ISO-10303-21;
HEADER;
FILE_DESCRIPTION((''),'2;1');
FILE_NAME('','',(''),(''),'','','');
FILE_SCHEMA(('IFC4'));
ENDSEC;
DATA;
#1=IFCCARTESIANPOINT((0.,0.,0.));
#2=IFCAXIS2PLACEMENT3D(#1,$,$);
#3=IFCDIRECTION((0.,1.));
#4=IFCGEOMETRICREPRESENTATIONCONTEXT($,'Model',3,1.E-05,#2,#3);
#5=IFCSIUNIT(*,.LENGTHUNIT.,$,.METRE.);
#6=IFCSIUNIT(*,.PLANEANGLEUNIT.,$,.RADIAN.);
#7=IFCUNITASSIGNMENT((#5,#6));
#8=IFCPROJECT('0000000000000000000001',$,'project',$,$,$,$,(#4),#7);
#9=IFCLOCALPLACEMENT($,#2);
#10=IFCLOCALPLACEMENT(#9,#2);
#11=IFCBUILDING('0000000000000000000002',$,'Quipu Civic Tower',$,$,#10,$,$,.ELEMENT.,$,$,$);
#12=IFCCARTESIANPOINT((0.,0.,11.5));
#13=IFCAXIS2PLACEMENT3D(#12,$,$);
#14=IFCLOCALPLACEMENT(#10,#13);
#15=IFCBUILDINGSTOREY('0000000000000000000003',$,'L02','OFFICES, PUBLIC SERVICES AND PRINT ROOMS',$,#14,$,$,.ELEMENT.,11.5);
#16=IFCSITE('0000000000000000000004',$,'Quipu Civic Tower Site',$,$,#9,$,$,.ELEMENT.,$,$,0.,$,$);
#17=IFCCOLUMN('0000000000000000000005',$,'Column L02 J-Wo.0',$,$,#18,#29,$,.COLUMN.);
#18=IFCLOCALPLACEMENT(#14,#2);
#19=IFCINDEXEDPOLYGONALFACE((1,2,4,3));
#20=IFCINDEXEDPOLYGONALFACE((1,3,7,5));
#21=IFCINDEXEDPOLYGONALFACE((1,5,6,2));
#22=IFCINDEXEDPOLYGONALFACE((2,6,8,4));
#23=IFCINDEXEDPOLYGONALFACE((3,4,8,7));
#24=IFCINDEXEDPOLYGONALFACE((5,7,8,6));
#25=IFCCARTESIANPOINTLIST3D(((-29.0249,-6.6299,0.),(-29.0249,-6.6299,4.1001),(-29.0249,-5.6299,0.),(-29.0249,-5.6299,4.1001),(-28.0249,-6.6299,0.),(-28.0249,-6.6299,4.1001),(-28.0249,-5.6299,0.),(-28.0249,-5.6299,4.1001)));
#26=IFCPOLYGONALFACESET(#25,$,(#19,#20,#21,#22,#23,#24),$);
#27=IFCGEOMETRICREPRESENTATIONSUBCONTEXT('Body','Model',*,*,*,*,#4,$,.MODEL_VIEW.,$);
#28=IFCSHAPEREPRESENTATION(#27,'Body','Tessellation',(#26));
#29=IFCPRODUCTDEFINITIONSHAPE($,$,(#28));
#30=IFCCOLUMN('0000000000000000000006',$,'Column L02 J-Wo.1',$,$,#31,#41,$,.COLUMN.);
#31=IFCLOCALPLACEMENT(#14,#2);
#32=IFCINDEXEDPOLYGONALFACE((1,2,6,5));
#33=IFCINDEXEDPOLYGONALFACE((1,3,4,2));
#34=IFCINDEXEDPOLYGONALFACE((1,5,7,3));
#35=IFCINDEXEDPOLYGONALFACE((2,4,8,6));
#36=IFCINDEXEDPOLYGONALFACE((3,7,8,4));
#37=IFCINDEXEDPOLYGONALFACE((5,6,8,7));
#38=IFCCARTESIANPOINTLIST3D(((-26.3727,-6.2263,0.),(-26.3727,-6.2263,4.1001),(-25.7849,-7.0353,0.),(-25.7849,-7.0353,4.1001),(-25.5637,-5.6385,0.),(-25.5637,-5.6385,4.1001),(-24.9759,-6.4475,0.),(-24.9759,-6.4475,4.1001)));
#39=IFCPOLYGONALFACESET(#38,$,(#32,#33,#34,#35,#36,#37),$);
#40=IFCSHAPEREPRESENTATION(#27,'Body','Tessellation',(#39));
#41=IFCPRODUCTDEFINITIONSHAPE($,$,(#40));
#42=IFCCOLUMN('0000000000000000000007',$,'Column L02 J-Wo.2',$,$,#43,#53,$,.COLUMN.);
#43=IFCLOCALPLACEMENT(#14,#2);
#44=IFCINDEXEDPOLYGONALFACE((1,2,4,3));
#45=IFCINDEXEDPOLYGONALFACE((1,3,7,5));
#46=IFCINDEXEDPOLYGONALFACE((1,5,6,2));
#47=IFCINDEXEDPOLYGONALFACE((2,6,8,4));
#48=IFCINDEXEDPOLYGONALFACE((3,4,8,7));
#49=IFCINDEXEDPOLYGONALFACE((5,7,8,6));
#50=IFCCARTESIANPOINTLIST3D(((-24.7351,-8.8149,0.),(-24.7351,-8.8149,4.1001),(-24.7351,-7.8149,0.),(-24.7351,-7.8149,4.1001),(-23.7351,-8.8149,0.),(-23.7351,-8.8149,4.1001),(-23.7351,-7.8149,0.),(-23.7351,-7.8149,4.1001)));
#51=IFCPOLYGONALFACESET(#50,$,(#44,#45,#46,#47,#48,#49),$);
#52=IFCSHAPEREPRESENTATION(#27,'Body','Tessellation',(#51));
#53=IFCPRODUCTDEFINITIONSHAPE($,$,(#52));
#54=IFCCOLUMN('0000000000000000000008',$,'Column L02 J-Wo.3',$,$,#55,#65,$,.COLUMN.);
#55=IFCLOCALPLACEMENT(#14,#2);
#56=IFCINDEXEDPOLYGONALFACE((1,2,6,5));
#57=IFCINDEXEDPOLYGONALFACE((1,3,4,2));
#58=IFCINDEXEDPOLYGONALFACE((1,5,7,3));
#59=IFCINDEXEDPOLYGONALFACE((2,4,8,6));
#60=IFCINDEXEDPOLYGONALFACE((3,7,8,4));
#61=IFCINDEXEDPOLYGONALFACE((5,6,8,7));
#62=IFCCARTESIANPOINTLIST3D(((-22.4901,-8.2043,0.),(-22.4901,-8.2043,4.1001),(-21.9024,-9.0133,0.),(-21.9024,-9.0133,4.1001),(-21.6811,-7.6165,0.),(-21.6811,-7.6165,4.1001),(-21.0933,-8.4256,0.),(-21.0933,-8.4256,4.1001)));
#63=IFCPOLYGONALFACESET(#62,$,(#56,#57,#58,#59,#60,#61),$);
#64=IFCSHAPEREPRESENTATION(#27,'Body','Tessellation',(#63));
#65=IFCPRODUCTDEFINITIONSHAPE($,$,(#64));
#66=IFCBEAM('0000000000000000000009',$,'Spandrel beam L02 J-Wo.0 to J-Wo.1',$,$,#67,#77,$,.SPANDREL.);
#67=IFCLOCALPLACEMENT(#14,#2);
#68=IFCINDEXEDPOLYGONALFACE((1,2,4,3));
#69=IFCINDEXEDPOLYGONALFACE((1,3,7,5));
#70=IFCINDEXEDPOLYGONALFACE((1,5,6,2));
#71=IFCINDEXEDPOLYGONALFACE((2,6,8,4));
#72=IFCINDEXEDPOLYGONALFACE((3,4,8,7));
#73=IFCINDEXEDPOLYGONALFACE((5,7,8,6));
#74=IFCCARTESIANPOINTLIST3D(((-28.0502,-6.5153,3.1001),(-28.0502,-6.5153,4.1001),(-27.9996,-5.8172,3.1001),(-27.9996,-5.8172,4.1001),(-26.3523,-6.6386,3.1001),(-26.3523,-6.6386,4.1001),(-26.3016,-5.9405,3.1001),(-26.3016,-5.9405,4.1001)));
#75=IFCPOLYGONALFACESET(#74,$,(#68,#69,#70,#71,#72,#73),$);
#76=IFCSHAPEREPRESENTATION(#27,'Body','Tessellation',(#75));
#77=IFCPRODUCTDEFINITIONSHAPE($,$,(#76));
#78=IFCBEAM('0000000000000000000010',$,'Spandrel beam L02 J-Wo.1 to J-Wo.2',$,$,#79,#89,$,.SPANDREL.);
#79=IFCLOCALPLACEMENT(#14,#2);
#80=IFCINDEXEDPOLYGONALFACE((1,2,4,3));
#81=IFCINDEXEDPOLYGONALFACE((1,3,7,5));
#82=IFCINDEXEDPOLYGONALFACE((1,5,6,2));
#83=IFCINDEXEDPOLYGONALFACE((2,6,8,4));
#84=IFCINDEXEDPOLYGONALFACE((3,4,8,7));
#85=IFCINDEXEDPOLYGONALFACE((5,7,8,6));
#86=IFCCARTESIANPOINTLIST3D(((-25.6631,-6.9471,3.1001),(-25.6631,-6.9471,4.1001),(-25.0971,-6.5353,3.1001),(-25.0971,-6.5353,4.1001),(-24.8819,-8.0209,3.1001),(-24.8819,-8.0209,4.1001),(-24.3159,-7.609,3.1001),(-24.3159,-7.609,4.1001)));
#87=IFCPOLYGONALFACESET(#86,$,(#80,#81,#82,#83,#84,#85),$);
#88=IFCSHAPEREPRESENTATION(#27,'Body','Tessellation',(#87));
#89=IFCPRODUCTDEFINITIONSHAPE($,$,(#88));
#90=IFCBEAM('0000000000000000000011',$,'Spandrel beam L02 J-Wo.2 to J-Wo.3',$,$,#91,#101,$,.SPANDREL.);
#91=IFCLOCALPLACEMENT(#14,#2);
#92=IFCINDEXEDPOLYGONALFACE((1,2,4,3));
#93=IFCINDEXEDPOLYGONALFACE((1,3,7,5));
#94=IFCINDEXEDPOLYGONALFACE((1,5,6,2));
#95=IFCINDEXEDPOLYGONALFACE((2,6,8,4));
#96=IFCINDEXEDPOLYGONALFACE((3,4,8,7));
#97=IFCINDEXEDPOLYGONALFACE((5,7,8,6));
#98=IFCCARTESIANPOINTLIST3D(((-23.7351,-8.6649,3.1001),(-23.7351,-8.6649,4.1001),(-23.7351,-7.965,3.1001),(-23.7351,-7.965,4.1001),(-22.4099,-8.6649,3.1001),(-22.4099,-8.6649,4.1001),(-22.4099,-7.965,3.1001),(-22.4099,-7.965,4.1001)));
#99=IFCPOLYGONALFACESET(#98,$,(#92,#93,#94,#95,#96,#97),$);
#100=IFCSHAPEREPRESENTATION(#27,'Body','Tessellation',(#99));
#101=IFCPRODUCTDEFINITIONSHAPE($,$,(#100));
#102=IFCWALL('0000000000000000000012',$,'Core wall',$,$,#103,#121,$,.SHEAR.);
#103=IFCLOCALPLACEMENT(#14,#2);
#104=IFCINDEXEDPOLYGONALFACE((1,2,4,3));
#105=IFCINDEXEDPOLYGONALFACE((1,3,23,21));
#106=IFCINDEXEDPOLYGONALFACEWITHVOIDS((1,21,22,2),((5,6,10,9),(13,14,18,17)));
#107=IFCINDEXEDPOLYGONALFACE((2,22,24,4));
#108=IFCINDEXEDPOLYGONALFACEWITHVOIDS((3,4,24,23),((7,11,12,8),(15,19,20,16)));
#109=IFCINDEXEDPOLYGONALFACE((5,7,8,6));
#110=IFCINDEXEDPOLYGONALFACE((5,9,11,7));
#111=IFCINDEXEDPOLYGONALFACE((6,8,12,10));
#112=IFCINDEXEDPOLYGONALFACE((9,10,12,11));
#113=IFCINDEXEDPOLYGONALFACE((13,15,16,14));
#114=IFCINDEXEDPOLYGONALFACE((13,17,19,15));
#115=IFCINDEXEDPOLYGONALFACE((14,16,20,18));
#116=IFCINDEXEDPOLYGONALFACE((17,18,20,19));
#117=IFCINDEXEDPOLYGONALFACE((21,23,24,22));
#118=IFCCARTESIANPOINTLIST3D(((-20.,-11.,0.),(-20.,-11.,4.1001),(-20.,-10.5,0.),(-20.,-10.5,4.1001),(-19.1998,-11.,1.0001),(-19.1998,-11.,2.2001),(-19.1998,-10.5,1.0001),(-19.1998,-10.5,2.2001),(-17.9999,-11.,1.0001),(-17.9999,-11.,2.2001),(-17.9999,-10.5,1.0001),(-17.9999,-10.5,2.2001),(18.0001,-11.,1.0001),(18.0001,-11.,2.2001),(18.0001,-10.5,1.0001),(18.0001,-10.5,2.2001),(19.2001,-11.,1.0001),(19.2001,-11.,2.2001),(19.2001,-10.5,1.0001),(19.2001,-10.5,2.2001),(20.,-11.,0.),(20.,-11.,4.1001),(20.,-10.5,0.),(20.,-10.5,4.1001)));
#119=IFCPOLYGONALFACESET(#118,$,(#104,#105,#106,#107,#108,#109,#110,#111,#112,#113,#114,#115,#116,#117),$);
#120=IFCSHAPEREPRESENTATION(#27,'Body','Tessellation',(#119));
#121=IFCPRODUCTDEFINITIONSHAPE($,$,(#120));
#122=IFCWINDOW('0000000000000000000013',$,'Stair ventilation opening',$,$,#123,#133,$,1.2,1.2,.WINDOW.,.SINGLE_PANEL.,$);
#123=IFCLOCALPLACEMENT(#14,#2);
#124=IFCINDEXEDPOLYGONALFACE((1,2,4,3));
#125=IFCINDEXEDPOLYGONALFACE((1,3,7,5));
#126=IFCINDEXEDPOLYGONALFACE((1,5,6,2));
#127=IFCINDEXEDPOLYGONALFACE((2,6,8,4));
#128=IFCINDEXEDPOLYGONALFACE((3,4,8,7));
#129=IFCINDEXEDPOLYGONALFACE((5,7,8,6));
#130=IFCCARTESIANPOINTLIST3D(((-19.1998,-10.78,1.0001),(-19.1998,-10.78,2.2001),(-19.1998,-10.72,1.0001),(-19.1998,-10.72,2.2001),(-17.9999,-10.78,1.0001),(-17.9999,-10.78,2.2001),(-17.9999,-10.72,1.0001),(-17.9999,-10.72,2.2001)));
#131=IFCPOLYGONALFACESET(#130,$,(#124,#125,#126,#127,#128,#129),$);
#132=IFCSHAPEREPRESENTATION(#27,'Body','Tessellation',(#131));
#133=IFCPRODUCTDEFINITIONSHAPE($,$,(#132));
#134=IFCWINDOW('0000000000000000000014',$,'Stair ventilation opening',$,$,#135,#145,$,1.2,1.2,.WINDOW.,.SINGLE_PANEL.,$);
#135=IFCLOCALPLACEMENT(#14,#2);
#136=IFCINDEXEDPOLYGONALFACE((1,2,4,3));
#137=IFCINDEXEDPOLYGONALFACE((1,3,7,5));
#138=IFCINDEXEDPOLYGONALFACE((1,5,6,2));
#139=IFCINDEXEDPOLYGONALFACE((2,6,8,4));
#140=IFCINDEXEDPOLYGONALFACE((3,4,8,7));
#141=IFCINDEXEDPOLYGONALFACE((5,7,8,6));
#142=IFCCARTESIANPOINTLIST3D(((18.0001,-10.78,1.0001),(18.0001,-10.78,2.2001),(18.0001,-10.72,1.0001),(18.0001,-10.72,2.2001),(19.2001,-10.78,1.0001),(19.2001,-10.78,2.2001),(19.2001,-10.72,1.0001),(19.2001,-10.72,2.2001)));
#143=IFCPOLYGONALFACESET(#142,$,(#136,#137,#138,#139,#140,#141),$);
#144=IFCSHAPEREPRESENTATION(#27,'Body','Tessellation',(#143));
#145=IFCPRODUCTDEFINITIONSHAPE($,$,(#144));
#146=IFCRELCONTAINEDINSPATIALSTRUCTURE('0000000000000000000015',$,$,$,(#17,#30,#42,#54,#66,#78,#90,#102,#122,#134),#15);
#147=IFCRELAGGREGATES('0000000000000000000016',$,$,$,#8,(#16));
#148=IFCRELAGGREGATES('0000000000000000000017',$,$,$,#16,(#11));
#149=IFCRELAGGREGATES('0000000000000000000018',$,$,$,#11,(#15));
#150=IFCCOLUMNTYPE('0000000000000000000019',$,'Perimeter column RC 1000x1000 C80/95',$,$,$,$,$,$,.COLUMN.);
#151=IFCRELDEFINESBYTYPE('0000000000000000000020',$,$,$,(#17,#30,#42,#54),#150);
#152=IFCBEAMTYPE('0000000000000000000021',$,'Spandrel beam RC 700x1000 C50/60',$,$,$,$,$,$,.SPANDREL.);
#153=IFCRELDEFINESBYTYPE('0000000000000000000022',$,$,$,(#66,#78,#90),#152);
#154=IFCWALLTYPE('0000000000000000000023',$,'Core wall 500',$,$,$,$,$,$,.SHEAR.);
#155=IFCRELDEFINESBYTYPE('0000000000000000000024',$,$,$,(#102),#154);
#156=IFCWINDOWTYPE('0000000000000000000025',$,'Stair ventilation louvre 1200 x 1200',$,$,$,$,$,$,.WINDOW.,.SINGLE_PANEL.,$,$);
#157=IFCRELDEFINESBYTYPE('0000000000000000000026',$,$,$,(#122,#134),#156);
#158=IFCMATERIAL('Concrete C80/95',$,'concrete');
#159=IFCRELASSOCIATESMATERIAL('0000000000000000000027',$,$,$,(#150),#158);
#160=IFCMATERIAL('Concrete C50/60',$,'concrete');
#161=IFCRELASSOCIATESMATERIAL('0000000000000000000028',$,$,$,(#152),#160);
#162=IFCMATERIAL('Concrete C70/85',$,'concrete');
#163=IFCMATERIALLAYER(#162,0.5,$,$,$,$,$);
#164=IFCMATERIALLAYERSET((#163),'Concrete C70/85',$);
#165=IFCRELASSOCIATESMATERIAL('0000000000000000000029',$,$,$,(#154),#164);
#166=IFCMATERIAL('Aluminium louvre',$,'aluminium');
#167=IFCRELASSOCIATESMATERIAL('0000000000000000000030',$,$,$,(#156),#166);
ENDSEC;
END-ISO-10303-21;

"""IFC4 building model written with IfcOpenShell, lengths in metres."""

from ifc_helpers import new_model, si_unit, direction, frame, frame_2d, origin, origin_2d, place, context, subcontext, project, spatial, rectangle, extrude, material, layer, layer_set, material_profile, profile_set, type_object, element, fill, save


model = new_model("IFC4")

# Units and contexts
model_context = context("Model", 3, precision=1e-05, world=origin(), true_north=direction((0.0, 1.0)))
body_context = subcontext(model_context, "Body", "Model", "MODEL_VIEW")
ifc_project = project(units=[si_unit("LENGTHUNIT", "METRE"), si_unit("PLANEANGLEUNIT", "RADIAN")], contexts=[model_context])

# Site, building, storey
site_placement = place(None, origin())
site = spatial("IfcSite", under=ifc_project, at=site_placement, Name="Quipu Civic Tower Site", CompositionType="ELEMENT", RefElevation=0.0)
building_placement = place(site_placement, origin())
building = spatial("IfcBuilding", under=site, at=building_placement, Name="Quipu Civic Tower", CompositionType="ELEMENT")
storey_placement = place(building_placement, frame((0.0, 0.0, 11.5)))
storey = spatial("IfcBuildingStorey", under=building, at=storey_placement, Name="L02", Description="OFFICES, PUBLIC SERVICES AND PRINT ROOMS", CompositionType="ELEMENT", Elevation=11.5)

# Columns
ifc_material_1 = material(Name="Concrete C80/95", Category="concrete")
ifc_material_profile_1 = material_profile(ifc_material_1, rectangle(XDim=1.0, YDim=1.0, at=origin_2d()), Name="RC1000x1000")
ifc_profile_set_1 = profile_set([ifc_material_profile_1], Name="Concrete C80/95")
column_type = type_object("IfcColumnType", Name="Perimeter column RC 1000x1000 C80/95", PredefinedType="COLUMN", material=ifc_profile_set_1)
for number, where, z_axis, x_axis, name in (
    (1, (-28.5249, -6.1299, 0.0), (0.0, 0.0, 1.0), (1.0, 0.0, 0.0), "Column L02 J-Wo.0"),
    (2, (-25.6743, -6.3369, 0.0), (0.0, 0.0, 1.0), (0.587785, -0.809017, 0.0), "Column L02 J-Wo.1"),
    (3, (-24.2351, -8.3149, 0.0), (0.0, 0.0, 1.0), (1.0, 0.0, 0.0), "Column L02 J-Wo.2"),
    (4, (-21.7917, -8.3149, 0.0), (0.0, 0.0, 1.0), (0.587785, -0.809017, 0.0), "Column L02 J-Wo.3"),
):
    element("IfcColumn", number, at=place(storey_placement, frame(where, z_axis=z_axis, x_axis=x_axis)), inside=storey, type_object=column_type, Name=name, PredefinedType="COLUMN", context=body_context, shape_type="SweptSolid", body=[
        extrude(rectangle(XDim=1.0, YDim=1.0, at=origin_2d()), origin(), (0.0, 0.0, 1.0), 4.1001),
    ])

# Beams
ifc_material_2 = material(Name="Concrete C50/60", Category="concrete")
ifc_material_profile_2 = material_profile(ifc_material_2, rectangle(XDim=0.7, YDim=1.0, at=origin_2d()), Name="RC700x1000")
ifc_profile_set_2 = profile_set([ifc_material_profile_2], Name="Concrete C50/60")
beam_type = type_object("IfcBeamType", Name="Spandrel beam RC 700x1000 C50/60", PredefinedType="SPANDREL", material=ifc_profile_set_2)
beam_1_placement = place(storey_placement, frame((-28.0249, -6.1663, 3.6001), z_axis=(0.997374, -0.072419, 0.0), x_axis=(0.072419, 0.997374, 0.0)))
element("IfcBeam", 5, at=beam_1_placement, inside=storey, type_object=beam_type, Name="Spandrel beam L02 J-Wo.0 to J-Wo.1", PredefinedType="SPANDREL", context=body_context, shape_type="SweptSolid", body=[
    extrude(rectangle(XDim=0.7, YDim=1.0, at=origin_2d()), origin(), (0.0, 0.0, 1.0), 1.7024),
])
beam_2_placement = place(storey_placement, frame((-25.3801, -6.7412, 3.6001), z_axis=(0.588347, -0.808609, 0.0), x_axis=(0.808609, 0.588347, 0.0)))
element("IfcBeam", 6, at=beam_2_placement, inside=storey, type_object=beam_type, Name="Spandrel beam L02 J-Wo.1 to J-Wo.2", PredefinedType="SPANDREL", context=body_context, shape_type="SweptSolid", body=[
    extrude(rectangle(XDim=0.7, YDim=1.0, at=origin_2d()), origin(), (0.0, 0.0, 1.0), 1.3279),
])
beam_3_placement = place(storey_placement, frame((-23.7351, -8.3149, 3.6001), z_axis=(1.0, 0.0, 0.0), x_axis=(0.0, 1.0, 0.0)))
element("IfcBeam", 7, at=beam_3_placement, inside=storey, type_object=beam_type, Name="Spandrel beam L02 J-Wo.2 to J-Wo.3", PredefinedType="SPANDREL", context=body_context, shape_type="SweptSolid", body=[
    extrude(rectangle(XDim=0.7, YDim=1.0, at=origin_2d()), origin(), (0.0, 0.0, 1.0), 1.3252),
])

# Wall, openings, windows
ifc_material_3 = material(Name="Concrete C70/85", Category="concrete")
ifc_layer_1 = layer(ifc_material_3, 0.5)
ifc_layer_set_1 = layer_set([ifc_layer_1], Name="Concrete C70/85")
wall_type_1 = type_object("IfcWallType", Name="Core wall 500", PredefinedType="SHEAR", material=ifc_layer_set_1)
wall_1_placement = place(storey_placement, frame((-20.0, -10.75, 0.0), z_axis=(0.0, 0.0, 1.0), x_axis=(1.0, 0.0, 0.0)))
wall_1 = element("IfcWall", 8, at=wall_1_placement, inside=storey, type_object=wall_type_1, Name="Core wall", PredefinedType="SHEAR", context=body_context, shape_type="SweptSolid", body=[
    extrude(rectangle(XDim=40.0, YDim=0.5, at=frame_2d((20.0, 0.0))), origin(), (0.0, 0.0, 1.0), 4.1001),
])
opening_1_placement = place(wall_1_placement, frame((0.8, 0.0, 1.0)))
opening_1 = element("IfcOpeningElement", 9, at=opening_1_placement, cuts=wall_1, PredefinedType="OPENING", context=body_context, shape_type="SweptSolid", body=[
    extrude(rectangle(XDim=1.2, YDim=1.2, at=frame_2d((0.6001, 0.6001))), frame((0.0, 0.26, 0.0), z_axis=(0.0, -1.0, 0.0), x_axis=(1.0, 0.0, 0.0)), (0.0, 0.0, 1.0), 0.52),
])
opening_2_placement = place(wall_1_placement, frame((38.0, 0.0, 1.0)))
opening_2 = element("IfcOpeningElement", 10, at=opening_2_placement, cuts=wall_1, PredefinedType="OPENING", context=body_context, shape_type="SweptSolid", body=[
    extrude(rectangle(XDim=1.2, YDim=1.2, at=frame_2d((0.6001, 0.6001))), frame((0.0, 0.26, 0.0), z_axis=(0.0, -1.0, 0.0), x_axis=(1.0, 0.0, 0.0)), (0.0, 0.0, 1.0), 0.52),
])
ifc_material_4 = material(Name="Aluminium louvre", Category="aluminium")
window_type = type_object("IfcWindowType", Name="Stair ventilation louvre 1200 x 1200", PartitioningType="SINGLE_PANEL", PredefinedType="WINDOW", material=ifc_material_4)
window_1_placement = place(opening_1_placement, origin())
window_1 = element("IfcWindow", 11, at=window_1_placement, inside=storey, type_object=window_type, Name="Stair ventilation opening", OverallHeight=1.2, OverallWidth=1.2, PartitioningType="SINGLE_PANEL", PredefinedType="WINDOW", context=body_context, shape_type="SweptSolid", body=[
    extrude(rectangle(XDim=1.2, YDim=1.2, at=frame_2d((0.6001, 0.6001))), frame((0.0, 0.03, 0.0), z_axis=(0.0, -1.0, 0.0), x_axis=(1.0, 0.0, 0.0)), (0.0, 0.0, 1.0), 0.0601),
])
fill(opening_1, window_1)
window_2_placement = place(opening_2_placement, origin())
window_2 = element("IfcWindow", 12, at=window_2_placement, inside=storey, type_object=window_type, Name="Stair ventilation opening", OverallHeight=1.2, OverallWidth=1.2, PartitioningType="SINGLE_PANEL", PredefinedType="WINDOW", context=body_context, shape_type="SweptSolid", body=[
    extrude(rectangle(XDim=1.2, YDim=1.2, at=frame_2d((0.6001, 0.6001))), frame((0.0, 0.03, 0.0), z_axis=(0.0, -1.0, 0.0), x_axis=(1.0, 0.0, 0.0)), (0.0, 0.0, 1.0), 0.0601),
])
fill(opening_2, window_2)

save(model, "model.ifc")
